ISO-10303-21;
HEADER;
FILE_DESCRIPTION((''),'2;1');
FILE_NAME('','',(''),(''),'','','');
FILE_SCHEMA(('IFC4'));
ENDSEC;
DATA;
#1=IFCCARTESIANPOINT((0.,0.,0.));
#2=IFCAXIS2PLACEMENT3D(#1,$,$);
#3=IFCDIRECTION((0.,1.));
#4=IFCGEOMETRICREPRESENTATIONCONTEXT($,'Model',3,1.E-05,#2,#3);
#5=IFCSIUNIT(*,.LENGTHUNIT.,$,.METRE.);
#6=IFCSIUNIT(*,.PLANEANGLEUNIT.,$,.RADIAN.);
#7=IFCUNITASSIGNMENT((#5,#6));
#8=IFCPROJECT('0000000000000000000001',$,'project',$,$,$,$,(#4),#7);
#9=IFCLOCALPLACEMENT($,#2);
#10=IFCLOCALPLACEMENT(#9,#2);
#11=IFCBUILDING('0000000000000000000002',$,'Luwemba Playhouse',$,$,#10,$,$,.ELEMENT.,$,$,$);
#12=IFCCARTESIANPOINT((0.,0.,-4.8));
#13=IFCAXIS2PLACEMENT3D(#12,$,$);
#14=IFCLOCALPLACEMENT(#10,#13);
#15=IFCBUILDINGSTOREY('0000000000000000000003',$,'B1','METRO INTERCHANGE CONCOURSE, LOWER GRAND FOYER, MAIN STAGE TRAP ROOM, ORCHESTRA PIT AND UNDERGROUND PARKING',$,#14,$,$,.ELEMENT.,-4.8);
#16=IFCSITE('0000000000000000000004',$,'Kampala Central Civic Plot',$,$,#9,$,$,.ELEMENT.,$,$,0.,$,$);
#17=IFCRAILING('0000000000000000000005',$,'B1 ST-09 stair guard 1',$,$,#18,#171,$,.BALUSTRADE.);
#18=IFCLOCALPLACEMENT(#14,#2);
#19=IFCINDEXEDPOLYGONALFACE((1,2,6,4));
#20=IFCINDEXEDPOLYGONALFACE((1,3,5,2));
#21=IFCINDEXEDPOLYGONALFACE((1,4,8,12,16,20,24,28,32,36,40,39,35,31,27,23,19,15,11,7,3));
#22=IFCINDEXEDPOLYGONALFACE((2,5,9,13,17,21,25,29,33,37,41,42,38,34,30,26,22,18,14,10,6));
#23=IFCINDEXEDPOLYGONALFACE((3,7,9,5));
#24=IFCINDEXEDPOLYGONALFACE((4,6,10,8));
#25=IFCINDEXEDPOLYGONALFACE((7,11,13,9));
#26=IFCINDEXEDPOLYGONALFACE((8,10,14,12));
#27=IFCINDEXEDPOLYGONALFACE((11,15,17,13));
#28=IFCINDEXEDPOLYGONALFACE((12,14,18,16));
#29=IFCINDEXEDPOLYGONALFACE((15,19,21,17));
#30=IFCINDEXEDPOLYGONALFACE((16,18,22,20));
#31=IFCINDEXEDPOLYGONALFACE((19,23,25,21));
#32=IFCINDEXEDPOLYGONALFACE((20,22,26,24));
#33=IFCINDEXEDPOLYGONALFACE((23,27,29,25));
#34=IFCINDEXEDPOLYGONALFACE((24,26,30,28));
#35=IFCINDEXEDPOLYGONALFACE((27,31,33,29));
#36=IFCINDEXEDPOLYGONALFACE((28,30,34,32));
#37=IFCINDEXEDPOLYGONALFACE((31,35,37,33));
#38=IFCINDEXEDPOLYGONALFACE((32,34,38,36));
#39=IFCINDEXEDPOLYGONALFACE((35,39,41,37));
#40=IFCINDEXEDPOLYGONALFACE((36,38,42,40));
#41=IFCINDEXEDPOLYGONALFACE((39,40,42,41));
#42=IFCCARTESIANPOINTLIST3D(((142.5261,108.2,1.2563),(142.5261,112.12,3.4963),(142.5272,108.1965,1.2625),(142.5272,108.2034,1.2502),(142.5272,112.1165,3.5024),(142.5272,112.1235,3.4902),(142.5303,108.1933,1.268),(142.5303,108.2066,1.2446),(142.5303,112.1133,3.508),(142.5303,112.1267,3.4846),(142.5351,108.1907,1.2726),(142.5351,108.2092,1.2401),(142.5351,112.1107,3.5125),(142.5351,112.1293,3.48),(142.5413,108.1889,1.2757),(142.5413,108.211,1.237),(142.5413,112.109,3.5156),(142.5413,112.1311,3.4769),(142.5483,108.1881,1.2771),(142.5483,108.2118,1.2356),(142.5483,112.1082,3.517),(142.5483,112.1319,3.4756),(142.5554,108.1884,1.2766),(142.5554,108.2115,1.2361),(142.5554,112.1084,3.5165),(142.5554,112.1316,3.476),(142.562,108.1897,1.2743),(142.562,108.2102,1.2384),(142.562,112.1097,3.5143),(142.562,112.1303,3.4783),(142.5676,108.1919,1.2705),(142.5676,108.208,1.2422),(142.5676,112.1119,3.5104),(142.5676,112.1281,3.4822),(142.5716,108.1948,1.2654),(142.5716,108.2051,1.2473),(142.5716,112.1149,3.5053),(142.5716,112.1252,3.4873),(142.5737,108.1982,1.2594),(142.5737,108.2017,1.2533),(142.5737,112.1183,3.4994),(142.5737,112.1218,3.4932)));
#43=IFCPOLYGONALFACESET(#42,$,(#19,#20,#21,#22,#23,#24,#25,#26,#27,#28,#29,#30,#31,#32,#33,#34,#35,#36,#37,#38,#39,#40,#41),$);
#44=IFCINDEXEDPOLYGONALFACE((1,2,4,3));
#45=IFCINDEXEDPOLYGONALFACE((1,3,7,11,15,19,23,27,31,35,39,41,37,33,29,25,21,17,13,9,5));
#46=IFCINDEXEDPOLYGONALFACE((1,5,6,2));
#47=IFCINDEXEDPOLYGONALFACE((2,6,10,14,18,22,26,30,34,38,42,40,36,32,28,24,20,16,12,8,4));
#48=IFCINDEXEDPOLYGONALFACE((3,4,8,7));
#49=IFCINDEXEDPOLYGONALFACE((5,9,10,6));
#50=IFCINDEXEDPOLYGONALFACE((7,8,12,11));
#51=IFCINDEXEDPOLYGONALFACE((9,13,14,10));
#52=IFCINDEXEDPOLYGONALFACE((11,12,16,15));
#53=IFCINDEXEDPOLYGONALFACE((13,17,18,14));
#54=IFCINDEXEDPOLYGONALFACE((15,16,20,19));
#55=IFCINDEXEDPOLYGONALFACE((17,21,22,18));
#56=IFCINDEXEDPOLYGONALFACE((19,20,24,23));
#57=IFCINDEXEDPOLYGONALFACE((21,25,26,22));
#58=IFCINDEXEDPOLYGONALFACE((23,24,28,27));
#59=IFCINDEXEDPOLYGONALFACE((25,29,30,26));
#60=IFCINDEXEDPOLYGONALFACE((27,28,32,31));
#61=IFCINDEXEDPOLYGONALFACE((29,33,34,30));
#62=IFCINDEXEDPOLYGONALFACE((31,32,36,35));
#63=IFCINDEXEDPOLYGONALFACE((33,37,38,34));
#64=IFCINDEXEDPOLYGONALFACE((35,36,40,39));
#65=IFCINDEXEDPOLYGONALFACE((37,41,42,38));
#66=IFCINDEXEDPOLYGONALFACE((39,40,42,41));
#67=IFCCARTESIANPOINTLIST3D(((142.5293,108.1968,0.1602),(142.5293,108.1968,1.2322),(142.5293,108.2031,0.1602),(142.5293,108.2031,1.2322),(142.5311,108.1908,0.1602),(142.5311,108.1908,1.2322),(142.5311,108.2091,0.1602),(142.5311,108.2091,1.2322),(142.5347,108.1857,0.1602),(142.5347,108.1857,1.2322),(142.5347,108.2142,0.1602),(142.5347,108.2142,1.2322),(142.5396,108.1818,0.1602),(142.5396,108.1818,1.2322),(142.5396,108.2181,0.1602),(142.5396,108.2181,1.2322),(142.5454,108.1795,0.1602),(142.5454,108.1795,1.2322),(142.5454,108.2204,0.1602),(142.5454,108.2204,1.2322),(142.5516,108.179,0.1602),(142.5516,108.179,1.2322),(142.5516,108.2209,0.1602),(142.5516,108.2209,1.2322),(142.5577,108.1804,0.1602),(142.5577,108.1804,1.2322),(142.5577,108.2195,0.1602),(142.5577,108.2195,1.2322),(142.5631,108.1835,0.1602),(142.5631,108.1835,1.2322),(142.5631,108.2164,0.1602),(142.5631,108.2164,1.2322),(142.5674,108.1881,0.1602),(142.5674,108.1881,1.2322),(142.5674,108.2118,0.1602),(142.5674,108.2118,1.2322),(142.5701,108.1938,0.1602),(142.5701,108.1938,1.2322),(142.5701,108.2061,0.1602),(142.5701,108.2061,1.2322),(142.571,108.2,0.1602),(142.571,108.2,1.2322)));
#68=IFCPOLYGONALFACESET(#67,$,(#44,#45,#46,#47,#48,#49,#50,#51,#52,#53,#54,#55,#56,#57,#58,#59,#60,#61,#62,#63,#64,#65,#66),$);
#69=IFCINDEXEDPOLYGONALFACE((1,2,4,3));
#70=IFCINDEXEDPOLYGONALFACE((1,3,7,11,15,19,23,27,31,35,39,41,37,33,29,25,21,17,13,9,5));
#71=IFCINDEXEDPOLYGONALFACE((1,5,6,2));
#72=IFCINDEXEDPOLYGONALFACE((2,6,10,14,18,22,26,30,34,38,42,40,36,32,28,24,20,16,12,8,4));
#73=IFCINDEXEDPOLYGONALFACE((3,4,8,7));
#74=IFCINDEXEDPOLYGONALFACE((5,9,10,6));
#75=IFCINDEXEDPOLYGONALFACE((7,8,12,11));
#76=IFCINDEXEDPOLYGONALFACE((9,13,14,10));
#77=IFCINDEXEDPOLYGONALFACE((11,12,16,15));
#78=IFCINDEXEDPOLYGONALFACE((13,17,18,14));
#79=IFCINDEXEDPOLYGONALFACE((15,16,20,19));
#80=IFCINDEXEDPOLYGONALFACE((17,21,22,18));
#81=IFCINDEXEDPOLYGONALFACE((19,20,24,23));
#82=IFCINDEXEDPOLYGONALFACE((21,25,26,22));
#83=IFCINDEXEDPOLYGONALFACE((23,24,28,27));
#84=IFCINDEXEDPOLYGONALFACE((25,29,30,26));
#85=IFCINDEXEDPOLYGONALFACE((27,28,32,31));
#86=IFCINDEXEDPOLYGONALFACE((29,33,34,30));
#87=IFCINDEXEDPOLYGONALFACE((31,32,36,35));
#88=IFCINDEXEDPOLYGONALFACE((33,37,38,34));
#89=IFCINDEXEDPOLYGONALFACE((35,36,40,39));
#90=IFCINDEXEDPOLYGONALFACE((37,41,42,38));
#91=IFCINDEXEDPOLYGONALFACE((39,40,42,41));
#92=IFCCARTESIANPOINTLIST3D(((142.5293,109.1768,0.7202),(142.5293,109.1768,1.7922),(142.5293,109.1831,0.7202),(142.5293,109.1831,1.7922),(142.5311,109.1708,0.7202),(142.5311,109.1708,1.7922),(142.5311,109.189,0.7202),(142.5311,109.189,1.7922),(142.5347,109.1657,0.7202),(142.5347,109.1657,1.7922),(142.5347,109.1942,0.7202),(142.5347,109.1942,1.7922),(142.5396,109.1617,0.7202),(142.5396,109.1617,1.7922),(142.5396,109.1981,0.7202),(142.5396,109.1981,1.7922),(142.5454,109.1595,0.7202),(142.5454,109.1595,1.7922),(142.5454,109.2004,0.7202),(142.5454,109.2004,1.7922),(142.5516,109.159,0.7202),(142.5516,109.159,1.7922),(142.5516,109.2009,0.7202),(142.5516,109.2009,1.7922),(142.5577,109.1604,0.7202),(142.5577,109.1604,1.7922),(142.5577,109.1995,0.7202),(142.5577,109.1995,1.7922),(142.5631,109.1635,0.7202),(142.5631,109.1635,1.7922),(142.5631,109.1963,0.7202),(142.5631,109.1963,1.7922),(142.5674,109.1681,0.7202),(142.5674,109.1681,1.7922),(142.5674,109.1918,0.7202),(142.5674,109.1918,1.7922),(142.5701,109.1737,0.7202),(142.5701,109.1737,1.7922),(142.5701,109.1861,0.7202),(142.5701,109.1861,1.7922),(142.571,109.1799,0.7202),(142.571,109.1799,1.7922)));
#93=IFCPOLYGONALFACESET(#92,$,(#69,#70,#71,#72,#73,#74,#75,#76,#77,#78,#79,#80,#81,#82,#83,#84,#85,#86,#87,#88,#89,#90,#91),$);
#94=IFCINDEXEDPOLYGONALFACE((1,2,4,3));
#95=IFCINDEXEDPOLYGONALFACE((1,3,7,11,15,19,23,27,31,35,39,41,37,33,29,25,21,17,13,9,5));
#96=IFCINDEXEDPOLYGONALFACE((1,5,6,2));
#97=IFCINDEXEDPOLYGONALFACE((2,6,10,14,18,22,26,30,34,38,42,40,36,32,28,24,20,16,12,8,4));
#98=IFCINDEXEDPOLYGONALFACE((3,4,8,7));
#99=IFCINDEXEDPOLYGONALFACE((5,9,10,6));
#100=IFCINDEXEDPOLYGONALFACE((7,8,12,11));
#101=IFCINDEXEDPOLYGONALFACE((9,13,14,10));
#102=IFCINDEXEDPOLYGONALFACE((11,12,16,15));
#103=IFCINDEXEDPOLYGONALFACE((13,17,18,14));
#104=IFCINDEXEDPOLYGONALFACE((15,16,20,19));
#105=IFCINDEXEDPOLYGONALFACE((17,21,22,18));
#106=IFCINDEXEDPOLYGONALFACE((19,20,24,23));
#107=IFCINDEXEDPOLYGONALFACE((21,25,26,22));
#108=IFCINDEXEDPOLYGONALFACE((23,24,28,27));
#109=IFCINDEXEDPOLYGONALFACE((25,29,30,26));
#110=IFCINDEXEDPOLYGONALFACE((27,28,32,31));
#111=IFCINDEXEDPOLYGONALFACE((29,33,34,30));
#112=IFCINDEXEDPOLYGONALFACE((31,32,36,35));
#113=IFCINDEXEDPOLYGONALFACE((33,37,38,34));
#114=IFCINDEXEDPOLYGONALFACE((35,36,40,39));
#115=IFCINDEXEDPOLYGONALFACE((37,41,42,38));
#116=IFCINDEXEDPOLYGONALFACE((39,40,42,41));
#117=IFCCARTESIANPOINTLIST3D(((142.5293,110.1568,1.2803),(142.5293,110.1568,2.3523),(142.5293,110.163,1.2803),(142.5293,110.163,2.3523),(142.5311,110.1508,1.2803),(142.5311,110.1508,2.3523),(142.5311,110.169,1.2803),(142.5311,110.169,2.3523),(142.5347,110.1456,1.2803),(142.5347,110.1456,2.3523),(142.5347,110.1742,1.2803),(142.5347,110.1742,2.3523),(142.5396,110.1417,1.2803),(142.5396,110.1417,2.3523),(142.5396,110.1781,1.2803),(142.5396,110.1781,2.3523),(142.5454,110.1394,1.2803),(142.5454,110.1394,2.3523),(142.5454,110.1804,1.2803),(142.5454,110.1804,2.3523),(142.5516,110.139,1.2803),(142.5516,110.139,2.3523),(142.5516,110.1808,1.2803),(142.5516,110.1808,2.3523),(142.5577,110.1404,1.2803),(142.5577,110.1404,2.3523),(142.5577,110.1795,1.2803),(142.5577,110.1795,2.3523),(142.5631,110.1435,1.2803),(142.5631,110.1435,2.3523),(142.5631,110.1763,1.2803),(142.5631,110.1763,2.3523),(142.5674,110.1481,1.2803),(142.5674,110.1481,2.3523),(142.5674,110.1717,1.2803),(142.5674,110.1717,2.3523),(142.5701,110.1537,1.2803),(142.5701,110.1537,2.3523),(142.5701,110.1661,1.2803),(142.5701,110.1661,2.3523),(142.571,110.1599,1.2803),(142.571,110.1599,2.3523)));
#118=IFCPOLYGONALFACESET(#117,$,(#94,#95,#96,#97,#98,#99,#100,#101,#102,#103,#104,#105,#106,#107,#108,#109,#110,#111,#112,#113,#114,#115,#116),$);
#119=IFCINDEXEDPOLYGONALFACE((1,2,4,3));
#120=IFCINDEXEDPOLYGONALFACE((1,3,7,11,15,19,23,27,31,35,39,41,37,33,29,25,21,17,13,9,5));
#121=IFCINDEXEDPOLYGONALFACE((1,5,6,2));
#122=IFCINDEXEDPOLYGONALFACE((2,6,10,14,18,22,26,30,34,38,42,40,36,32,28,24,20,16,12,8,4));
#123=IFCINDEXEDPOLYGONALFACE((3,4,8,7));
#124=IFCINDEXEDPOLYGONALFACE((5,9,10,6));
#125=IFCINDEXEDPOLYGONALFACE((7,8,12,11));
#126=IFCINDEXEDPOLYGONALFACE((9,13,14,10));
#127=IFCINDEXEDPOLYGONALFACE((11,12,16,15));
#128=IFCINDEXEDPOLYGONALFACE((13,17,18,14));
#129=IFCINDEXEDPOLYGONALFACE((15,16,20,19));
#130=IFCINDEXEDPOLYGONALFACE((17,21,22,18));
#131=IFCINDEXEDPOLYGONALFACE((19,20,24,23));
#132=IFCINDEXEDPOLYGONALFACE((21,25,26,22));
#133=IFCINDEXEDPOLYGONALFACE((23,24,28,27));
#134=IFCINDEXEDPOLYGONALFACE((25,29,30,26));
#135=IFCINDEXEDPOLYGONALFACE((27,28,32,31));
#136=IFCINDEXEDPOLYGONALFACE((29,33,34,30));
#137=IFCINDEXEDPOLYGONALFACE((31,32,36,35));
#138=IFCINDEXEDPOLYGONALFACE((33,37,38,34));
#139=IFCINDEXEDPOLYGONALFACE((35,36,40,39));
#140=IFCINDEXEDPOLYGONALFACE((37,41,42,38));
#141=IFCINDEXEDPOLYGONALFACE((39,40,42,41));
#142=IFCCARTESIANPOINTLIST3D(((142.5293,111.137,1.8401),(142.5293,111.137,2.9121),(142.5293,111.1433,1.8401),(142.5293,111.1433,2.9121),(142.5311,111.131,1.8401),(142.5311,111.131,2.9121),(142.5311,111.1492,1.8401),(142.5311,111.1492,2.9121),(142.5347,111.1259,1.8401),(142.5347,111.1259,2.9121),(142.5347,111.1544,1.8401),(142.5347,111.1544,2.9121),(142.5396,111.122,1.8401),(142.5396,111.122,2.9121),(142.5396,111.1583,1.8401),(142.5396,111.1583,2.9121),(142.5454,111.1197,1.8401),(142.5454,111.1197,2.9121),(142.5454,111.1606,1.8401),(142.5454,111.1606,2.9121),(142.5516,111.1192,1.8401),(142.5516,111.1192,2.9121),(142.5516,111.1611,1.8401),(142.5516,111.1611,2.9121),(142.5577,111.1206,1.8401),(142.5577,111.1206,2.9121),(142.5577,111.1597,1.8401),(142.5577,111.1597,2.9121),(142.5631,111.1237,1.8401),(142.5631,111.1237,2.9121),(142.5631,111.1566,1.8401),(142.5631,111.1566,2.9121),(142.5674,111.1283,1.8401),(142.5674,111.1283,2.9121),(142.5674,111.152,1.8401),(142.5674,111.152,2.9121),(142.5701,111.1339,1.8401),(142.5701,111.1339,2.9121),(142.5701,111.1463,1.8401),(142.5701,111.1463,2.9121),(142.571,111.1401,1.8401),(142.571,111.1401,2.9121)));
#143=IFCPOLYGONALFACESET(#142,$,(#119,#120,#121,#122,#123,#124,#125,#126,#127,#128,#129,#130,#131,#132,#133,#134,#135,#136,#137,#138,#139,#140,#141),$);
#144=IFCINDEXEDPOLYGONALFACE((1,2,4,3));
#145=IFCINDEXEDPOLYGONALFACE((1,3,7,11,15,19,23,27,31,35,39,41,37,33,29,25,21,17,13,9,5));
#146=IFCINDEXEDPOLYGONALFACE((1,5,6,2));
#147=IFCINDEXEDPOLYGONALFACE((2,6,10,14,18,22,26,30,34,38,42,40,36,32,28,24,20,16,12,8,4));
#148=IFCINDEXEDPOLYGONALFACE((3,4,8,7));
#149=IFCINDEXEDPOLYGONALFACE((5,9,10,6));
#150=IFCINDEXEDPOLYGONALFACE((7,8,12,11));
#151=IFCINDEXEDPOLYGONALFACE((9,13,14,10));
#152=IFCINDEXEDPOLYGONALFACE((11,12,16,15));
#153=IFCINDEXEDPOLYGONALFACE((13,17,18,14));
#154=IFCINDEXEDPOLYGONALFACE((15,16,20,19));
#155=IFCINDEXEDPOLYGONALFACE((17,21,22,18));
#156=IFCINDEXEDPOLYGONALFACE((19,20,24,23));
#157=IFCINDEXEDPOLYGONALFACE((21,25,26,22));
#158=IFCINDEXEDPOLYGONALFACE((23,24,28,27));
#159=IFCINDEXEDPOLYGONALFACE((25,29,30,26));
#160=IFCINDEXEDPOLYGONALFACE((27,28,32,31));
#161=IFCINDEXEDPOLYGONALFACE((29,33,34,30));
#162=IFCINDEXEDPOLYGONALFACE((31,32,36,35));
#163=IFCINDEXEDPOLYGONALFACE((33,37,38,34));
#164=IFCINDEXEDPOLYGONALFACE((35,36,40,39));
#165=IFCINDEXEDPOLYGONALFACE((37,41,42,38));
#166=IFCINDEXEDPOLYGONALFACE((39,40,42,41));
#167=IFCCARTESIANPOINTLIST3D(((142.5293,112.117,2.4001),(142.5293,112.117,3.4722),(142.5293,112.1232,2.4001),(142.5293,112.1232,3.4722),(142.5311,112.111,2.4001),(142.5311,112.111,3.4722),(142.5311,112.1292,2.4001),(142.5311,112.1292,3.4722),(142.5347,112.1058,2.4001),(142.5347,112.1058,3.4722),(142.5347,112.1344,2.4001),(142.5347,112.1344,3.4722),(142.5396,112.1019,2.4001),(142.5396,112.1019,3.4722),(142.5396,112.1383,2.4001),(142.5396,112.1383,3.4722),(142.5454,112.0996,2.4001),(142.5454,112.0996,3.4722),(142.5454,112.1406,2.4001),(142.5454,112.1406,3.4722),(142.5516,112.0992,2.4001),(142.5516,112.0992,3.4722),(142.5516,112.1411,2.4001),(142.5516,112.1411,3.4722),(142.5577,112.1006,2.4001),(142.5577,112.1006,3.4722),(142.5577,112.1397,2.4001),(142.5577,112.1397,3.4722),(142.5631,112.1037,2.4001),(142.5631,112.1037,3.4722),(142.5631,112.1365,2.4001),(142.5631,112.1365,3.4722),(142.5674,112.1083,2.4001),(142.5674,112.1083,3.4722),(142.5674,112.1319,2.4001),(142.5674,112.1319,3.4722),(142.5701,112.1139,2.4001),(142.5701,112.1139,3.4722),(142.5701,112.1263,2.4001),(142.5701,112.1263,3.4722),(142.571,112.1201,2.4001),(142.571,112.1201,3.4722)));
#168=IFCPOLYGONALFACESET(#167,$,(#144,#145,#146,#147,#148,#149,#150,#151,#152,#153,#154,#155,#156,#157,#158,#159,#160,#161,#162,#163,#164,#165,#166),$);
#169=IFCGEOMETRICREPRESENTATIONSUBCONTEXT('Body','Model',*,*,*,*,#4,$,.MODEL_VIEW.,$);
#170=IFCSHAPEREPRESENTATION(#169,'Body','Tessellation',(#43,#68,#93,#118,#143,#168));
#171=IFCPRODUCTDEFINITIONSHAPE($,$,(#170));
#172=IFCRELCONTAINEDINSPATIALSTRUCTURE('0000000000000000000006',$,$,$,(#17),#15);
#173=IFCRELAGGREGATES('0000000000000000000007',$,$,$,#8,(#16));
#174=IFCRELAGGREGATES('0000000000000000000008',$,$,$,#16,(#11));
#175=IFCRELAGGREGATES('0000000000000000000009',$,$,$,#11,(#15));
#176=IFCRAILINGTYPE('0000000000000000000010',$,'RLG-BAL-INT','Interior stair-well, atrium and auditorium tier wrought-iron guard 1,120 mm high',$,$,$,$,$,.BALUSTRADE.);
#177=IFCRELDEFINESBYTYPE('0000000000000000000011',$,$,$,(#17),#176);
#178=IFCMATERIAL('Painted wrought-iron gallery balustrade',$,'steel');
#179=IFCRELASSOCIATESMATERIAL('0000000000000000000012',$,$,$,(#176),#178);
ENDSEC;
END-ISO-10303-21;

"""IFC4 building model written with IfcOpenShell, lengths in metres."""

from ifc_helpers import new_model, si_unit, direction, frame, origin, origin_2d, place, context, subcontext, project, spatial, circle, extrude, material, type_object, element, save


model = new_model("IFC4")

# Units and contexts
model_context = context("Model", 3, precision=1e-05, world=origin(), true_north=direction((0.0, 1.0)))
body_context = subcontext(model_context, "Body", "Model", "MODEL_VIEW")
ifc_project = project(units=[si_unit("LENGTHUNIT", "METRE"), si_unit("PLANEANGLEUNIT", "RADIAN")], contexts=[model_context])

# Site, building, storey
site_placement = place(None, origin())
site = spatial("IfcSite", under=ifc_project, at=site_placement, Name="Kampala Central Civic Plot", CompositionType="ELEMENT", RefElevation=0.0)
building_placement = place(site_placement, origin())
building = spatial("IfcBuilding", under=site, at=building_placement, Name="Luwemba Playhouse", CompositionType="ELEMENT")
storey_placement = place(building_placement, frame((0.0, 0.0, -4.8)))
storey = spatial("IfcBuildingStorey", under=building, at=storey_placement, Name="B1", Description="METRO INTERCHANGE CONCOURSE, LOWER GRAND FOYER, MAIN STAGE TRAP ROOM, ORCHESTRA PIT AND UNDERGROUND PARKING", CompositionType="ELEMENT", Elevation=-4.8)

# Railing
ifc_material_1 = material(Name="Painted wrought-iron gallery balustrade", Category="steel")
railing_type_1 = type_object("IfcRailingType", Name="RLG-BAL-INT", Description="Interior stair-well, atrium and auditorium tier wrought-iron guard 1,120 mm high", PredefinedType="BALUSTRADE", material=ifc_material_1)
railing_1_placement = place(storey_placement, frame((142.55, 108.2, 0.1602)))
element("IfcRailing", 1, at=railing_1_placement, inside=storey, type_object=railing_type_1, Name="B1 ST-09 stair guard 1", PredefinedType="BALUSTRADE", context=body_context, shape_type="SweptSolid", body=[
    extrude(circle(Radius=0.0239, at=origin_2d()), frame((0.0, 0.0, 1.0962), z_axis=(0.0, 0.868253, 0.496121), x_axis=(-1.0, 0.0, 0.0)), (0.0, 0.0, 1.0), 4.5149),
    extrude(circle(Radius=0.021, at=origin_2d()), origin(), (0.0, 0.0, 1.0), 1.072),
    extrude(circle(Radius=0.021, at=origin_2d()), frame((0.0, 0.98, 0.5601)), (0.0, 0.0, 1.0), 1.072),
    extrude(circle(Radius=0.021, at=origin_2d()), frame((0.0, 1.96, 1.1201)), (0.0, 0.0, 1.0), 1.072),
    extrude(circle(Radius=0.021, at=origin_2d()), frame((0.0, 2.9402, 1.6799)), (0.0, 0.0, 1.0), 1.072),
    extrude(circle(Radius=0.021, at=origin_2d()), frame((0.0, 3.9202, 2.24)), (0.0, 0.0, 1.0), 1.072),
])

save(model, "model.ifc")
